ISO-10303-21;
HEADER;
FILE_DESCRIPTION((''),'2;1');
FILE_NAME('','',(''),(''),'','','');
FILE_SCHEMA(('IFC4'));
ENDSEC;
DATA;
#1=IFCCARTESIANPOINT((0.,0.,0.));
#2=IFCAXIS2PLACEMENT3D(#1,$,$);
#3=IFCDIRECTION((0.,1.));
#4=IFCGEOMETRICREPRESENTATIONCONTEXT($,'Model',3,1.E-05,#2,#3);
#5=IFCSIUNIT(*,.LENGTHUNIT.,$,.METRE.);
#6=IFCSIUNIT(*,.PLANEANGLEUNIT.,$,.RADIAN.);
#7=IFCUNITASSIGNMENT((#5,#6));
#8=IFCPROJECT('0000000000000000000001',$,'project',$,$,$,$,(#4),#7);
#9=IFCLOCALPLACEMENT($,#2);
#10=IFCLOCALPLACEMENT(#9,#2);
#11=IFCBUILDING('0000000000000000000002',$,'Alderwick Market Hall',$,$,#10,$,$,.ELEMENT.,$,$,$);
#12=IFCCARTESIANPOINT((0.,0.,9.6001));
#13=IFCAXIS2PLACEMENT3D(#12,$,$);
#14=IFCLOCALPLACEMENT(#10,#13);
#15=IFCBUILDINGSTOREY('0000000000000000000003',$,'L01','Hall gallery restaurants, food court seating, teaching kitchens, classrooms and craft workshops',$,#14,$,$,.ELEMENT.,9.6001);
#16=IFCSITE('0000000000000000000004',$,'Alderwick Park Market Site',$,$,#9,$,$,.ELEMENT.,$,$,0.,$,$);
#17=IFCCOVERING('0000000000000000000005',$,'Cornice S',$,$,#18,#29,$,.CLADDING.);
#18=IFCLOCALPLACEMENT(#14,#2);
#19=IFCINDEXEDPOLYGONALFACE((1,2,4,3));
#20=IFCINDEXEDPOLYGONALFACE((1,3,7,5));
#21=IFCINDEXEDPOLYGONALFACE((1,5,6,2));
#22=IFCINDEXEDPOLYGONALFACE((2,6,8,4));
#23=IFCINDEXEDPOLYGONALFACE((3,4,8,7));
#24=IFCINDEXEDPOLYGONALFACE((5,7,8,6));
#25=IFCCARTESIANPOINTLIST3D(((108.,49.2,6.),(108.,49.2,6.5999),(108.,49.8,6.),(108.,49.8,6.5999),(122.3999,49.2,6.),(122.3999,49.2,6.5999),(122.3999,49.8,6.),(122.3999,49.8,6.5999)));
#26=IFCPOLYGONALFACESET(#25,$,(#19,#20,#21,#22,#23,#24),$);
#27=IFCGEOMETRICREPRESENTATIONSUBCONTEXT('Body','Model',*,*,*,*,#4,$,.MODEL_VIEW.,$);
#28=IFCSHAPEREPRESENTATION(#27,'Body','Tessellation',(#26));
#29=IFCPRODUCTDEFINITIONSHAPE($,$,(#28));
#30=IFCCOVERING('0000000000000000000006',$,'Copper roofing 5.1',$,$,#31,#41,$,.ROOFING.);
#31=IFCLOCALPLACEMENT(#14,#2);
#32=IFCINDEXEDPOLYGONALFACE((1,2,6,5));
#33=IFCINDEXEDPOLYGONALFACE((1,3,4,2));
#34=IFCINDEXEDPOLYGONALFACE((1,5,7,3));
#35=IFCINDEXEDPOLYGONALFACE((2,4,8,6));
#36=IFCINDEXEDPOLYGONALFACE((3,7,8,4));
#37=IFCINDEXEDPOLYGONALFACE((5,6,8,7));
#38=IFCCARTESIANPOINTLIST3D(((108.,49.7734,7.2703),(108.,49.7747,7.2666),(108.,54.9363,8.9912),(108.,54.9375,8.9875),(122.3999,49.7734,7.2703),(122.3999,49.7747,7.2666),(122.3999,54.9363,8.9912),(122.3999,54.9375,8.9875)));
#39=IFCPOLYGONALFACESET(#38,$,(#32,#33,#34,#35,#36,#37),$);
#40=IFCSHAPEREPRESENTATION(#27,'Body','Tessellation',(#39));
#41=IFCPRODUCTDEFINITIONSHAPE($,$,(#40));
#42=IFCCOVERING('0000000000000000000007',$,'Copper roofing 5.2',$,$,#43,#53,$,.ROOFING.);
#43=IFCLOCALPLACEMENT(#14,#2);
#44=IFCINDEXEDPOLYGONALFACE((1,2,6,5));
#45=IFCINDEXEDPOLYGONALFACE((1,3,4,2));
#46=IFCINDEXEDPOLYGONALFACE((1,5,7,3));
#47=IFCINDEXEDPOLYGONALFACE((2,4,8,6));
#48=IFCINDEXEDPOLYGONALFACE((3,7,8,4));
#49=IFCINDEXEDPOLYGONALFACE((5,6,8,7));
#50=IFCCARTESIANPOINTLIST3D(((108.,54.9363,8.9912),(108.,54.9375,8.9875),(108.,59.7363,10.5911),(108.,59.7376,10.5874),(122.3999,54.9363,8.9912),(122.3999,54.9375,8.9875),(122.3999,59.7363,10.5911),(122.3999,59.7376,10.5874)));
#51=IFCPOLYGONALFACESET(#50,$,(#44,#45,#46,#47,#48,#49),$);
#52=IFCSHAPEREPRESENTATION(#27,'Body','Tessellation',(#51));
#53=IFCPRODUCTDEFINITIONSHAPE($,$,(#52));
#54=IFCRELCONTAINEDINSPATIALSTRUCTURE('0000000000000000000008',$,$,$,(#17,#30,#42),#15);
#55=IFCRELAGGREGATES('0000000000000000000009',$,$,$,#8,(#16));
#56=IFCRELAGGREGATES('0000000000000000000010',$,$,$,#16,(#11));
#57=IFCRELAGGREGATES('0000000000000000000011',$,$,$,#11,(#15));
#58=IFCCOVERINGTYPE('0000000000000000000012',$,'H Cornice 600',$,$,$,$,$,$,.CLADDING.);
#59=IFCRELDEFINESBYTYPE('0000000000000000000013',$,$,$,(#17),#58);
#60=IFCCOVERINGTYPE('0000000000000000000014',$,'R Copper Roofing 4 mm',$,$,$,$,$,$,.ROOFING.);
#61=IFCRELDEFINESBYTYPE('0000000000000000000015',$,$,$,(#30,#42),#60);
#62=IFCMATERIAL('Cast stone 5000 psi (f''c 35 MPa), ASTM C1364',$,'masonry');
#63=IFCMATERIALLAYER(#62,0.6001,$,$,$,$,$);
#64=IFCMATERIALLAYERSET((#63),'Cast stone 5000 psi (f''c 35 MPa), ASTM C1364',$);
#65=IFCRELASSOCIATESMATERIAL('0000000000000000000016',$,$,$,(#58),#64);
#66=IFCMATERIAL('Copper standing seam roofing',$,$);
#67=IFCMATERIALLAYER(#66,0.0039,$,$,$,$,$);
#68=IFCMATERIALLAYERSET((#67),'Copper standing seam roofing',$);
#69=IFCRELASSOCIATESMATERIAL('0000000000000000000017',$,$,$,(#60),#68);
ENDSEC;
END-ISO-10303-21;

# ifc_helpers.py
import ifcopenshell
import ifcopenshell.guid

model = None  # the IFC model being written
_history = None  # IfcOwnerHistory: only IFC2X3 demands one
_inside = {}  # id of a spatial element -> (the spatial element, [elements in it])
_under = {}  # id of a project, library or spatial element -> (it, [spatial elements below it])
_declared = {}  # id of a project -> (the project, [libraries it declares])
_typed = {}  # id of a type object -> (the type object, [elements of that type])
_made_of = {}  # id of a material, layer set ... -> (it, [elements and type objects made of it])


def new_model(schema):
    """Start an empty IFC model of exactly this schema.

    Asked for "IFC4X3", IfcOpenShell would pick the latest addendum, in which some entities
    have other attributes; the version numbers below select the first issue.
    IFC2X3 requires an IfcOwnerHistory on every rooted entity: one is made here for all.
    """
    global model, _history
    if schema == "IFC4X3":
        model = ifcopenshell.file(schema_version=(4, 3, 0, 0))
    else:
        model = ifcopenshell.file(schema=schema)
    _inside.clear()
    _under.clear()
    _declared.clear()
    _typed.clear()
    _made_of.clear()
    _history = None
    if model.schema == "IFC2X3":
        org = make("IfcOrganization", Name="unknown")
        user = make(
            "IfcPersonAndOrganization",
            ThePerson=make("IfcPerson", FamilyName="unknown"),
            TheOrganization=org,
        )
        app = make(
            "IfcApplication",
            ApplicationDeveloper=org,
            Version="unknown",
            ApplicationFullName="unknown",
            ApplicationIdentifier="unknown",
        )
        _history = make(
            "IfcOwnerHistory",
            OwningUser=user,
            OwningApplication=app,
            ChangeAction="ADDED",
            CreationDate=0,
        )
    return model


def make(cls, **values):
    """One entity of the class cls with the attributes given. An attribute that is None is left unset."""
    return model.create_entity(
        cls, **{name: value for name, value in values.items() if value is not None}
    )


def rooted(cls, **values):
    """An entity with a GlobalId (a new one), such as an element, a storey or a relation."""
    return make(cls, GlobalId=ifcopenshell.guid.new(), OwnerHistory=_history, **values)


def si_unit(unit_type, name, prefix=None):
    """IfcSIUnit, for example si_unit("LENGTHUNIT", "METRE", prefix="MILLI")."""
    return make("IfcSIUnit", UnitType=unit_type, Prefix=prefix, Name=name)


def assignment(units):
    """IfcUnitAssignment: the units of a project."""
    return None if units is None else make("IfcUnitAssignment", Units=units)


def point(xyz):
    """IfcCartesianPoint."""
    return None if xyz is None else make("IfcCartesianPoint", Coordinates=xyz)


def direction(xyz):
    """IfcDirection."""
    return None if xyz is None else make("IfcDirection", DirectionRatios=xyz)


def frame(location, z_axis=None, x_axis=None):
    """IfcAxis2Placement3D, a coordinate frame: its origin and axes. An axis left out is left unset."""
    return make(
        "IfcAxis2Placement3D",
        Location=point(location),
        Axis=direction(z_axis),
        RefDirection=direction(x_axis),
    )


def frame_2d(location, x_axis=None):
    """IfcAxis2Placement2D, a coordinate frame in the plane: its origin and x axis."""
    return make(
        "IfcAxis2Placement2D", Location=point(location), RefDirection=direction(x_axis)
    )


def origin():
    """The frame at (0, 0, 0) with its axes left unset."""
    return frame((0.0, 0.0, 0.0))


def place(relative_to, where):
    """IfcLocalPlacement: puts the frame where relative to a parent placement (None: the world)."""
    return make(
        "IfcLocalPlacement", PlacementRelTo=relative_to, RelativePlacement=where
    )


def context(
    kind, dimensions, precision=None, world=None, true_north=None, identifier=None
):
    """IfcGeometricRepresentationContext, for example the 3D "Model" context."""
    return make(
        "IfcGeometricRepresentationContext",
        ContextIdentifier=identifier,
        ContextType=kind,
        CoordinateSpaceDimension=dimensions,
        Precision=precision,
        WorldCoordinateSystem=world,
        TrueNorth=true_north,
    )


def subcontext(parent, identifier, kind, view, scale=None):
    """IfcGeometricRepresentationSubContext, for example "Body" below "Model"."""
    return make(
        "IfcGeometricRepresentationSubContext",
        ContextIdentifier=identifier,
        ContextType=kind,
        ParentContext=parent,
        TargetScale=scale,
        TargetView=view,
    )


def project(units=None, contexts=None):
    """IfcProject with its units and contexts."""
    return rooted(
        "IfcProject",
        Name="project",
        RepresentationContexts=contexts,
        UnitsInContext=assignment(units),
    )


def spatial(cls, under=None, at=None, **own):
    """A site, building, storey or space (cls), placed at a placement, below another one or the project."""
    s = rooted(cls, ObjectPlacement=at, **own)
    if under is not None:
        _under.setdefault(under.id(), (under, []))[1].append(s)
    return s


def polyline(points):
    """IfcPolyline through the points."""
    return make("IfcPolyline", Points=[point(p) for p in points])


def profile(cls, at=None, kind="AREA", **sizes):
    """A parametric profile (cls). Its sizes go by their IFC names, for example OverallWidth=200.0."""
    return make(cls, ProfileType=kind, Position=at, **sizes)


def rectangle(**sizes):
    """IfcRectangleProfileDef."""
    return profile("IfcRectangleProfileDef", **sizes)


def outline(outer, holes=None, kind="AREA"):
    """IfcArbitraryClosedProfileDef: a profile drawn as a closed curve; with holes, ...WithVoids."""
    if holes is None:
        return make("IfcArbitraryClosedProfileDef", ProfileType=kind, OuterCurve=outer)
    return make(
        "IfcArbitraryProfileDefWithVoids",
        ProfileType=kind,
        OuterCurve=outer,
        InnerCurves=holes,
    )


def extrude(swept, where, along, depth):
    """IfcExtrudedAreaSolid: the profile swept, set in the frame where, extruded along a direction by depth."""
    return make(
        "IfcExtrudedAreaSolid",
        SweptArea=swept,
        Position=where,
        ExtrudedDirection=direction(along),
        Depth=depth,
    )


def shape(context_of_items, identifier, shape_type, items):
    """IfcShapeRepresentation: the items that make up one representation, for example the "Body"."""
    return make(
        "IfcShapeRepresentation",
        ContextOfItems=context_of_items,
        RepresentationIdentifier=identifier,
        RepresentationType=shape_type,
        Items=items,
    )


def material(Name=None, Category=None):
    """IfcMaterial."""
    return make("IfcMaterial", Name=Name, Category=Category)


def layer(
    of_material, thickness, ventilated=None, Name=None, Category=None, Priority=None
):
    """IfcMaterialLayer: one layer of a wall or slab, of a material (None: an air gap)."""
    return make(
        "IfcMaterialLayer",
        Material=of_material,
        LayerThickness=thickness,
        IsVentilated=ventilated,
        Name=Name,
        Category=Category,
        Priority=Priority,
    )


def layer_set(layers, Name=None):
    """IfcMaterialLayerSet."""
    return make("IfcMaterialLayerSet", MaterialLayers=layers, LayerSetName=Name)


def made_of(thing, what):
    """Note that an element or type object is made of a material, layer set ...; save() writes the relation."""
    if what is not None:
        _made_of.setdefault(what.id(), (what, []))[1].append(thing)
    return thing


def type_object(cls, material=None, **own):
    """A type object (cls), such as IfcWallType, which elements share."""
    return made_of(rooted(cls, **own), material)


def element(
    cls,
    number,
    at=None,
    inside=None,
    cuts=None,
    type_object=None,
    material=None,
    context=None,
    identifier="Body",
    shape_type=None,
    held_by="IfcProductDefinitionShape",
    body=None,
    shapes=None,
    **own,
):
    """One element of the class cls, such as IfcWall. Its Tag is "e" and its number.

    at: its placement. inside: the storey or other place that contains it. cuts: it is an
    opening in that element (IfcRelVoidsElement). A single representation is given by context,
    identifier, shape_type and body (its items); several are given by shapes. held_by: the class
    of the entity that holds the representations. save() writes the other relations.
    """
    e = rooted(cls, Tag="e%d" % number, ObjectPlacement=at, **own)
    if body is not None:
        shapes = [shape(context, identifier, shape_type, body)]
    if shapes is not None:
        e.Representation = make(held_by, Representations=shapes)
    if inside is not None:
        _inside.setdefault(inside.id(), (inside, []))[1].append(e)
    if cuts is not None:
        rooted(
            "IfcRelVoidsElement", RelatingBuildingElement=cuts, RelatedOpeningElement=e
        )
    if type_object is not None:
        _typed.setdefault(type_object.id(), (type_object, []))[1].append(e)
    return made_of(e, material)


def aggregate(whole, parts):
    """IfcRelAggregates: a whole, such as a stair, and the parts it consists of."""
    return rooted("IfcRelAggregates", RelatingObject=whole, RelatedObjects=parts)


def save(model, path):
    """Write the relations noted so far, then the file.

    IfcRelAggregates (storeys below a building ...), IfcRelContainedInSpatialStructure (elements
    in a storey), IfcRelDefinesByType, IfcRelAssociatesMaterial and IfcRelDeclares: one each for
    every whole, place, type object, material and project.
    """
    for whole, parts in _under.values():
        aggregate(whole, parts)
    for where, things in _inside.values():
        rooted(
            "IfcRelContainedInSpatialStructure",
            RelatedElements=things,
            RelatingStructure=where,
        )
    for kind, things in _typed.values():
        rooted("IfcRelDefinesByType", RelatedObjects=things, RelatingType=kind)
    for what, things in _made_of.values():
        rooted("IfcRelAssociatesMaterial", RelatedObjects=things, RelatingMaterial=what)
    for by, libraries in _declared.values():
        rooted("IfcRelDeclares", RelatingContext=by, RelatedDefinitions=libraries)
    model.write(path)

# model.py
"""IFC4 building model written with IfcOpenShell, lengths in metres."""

from ifc_helpers import new_model, si_unit, direction, frame, frame_2d, origin, place, context, subcontext, project, spatial, polyline, rectangle, outline, extrude, material, layer, layer_set, type_object, element, save


model = new_model("IFC4")

# Units and contexts
model_context = context("Model", 3, precision=1e-05, world=origin(), true_north=direction((0.0, 1.0)))
body_context = subcontext(model_context, "Body", "Model", "MODEL_VIEW")
ifc_project = project(units=[si_unit("LENGTHUNIT", "METRE"), si_unit("PLANEANGLEUNIT", "RADIAN")], contexts=[model_context])

# Site, building, storey
site_placement = place(None, origin())
site = spatial("IfcSite", under=ifc_project, at=site_placement, Name="Alderwick Park Market Site", CompositionType="ELEMENT", RefElevation=0.0)
building_placement = place(site_placement, origin())
building = spatial("IfcBuilding", under=site, at=building_placement, Name="Alderwick Market Hall", CompositionType="ELEMENT")
storey_placement = place(building_placement, frame((0.0, 0.0, 9.6001)))
storey = spatial("IfcBuildingStorey", under=building, at=storey_placement, Name="L01", Description="Hall gallery restaurants, food court seating, teaching kitchens, classrooms and craft workshops", CompositionType="ELEMENT", Elevation=9.6001)

# Coverings
ifc_material_1 = material(Name="Cast stone 5000 psi (f'c 35 MPa), ASTM C1364", Category="masonry")
ifc_layer_1 = layer(ifc_material_1, 0.6001)
ifc_layer_set_1 = layer_set([ifc_layer_1], Name="Cast stone 5000 psi (f'c 35 MPa), ASTM C1364")
covering_type_1 = type_object("IfcCoveringType", Name="H Cornice 600", PredefinedType="CLADDING", material=ifc_layer_set_1)
covering_1_placement = place(storey_placement, frame((108.0, 49.5, 6.0), z_axis=(0.0, 0.0, 1.0), x_axis=(1.0, 0.0, 0.0)))
element("IfcCovering", 1, at=covering_1_placement, inside=storey, type_object=covering_type_1, Name="Cornice S", PredefinedType="CLADDING", context=body_context, shape_type="SweptSolid", body=[
    extrude(rectangle(XDim=14.3999, YDim=0.6001, at=frame_2d((7.2, 0.0))), origin(), (0.0, 0.0, 1.0), 0.5999),
])
ifc_material_2 = material(Name="Copper standing seam roofing")
ifc_layer_2 = layer(ifc_material_2, 0.0039)
ifc_layer_set_2 = layer_set([ifc_layer_2], Name="Copper standing seam roofing")
covering_type_2 = type_object("IfcCoveringType", Name="R Copper Roofing 4 mm", PredefinedType="ROOFING", material=ifc_layer_set_2)
covering_2_placement = place(storey_placement, frame((108.0, 49.7734, 7.2703), z_axis=(0.0, -0.316228, 0.948683), x_axis=(1.0, 0.0, 0.0)))
element("IfcCovering", 2, at=covering_2_placement, inside=storey, type_object=covering_type_2, Name="Copper roofing 5.1", PredefinedType="ROOFING", context=body_context, shape_type="SweptSolid", body=[
    extrude(outline(polyline([(0.0, 0.0), (14.3999, 0.0), (14.3999, 5.4421), (0.0, 5.4421), (0.0, 0.0)])), origin(), (0.0, 0.0, -1.0), 0.0039),
])
covering_3_placement = place(storey_placement, frame((108.0, 54.9363, 8.9912), z_axis=(0.0, -0.316199, 0.948693), x_axis=(1.0, 0.0, 0.0)))
element("IfcCovering", 3, at=covering_3_placement, inside=storey, type_object=covering_type_2, Name="Copper roofing 5.2", PredefinedType="ROOFING", context=body_context, shape_type="SweptSolid", body=[
    extrude(outline(polyline([(0.0, 0.0), (14.3999, 0.0), (14.3999, 5.0596), (0.0, 5.0596), (0.0, 0.0)])), origin(), (0.0, 0.0, -1.0), 0.0039),
])

save(model, "model.ifc")
